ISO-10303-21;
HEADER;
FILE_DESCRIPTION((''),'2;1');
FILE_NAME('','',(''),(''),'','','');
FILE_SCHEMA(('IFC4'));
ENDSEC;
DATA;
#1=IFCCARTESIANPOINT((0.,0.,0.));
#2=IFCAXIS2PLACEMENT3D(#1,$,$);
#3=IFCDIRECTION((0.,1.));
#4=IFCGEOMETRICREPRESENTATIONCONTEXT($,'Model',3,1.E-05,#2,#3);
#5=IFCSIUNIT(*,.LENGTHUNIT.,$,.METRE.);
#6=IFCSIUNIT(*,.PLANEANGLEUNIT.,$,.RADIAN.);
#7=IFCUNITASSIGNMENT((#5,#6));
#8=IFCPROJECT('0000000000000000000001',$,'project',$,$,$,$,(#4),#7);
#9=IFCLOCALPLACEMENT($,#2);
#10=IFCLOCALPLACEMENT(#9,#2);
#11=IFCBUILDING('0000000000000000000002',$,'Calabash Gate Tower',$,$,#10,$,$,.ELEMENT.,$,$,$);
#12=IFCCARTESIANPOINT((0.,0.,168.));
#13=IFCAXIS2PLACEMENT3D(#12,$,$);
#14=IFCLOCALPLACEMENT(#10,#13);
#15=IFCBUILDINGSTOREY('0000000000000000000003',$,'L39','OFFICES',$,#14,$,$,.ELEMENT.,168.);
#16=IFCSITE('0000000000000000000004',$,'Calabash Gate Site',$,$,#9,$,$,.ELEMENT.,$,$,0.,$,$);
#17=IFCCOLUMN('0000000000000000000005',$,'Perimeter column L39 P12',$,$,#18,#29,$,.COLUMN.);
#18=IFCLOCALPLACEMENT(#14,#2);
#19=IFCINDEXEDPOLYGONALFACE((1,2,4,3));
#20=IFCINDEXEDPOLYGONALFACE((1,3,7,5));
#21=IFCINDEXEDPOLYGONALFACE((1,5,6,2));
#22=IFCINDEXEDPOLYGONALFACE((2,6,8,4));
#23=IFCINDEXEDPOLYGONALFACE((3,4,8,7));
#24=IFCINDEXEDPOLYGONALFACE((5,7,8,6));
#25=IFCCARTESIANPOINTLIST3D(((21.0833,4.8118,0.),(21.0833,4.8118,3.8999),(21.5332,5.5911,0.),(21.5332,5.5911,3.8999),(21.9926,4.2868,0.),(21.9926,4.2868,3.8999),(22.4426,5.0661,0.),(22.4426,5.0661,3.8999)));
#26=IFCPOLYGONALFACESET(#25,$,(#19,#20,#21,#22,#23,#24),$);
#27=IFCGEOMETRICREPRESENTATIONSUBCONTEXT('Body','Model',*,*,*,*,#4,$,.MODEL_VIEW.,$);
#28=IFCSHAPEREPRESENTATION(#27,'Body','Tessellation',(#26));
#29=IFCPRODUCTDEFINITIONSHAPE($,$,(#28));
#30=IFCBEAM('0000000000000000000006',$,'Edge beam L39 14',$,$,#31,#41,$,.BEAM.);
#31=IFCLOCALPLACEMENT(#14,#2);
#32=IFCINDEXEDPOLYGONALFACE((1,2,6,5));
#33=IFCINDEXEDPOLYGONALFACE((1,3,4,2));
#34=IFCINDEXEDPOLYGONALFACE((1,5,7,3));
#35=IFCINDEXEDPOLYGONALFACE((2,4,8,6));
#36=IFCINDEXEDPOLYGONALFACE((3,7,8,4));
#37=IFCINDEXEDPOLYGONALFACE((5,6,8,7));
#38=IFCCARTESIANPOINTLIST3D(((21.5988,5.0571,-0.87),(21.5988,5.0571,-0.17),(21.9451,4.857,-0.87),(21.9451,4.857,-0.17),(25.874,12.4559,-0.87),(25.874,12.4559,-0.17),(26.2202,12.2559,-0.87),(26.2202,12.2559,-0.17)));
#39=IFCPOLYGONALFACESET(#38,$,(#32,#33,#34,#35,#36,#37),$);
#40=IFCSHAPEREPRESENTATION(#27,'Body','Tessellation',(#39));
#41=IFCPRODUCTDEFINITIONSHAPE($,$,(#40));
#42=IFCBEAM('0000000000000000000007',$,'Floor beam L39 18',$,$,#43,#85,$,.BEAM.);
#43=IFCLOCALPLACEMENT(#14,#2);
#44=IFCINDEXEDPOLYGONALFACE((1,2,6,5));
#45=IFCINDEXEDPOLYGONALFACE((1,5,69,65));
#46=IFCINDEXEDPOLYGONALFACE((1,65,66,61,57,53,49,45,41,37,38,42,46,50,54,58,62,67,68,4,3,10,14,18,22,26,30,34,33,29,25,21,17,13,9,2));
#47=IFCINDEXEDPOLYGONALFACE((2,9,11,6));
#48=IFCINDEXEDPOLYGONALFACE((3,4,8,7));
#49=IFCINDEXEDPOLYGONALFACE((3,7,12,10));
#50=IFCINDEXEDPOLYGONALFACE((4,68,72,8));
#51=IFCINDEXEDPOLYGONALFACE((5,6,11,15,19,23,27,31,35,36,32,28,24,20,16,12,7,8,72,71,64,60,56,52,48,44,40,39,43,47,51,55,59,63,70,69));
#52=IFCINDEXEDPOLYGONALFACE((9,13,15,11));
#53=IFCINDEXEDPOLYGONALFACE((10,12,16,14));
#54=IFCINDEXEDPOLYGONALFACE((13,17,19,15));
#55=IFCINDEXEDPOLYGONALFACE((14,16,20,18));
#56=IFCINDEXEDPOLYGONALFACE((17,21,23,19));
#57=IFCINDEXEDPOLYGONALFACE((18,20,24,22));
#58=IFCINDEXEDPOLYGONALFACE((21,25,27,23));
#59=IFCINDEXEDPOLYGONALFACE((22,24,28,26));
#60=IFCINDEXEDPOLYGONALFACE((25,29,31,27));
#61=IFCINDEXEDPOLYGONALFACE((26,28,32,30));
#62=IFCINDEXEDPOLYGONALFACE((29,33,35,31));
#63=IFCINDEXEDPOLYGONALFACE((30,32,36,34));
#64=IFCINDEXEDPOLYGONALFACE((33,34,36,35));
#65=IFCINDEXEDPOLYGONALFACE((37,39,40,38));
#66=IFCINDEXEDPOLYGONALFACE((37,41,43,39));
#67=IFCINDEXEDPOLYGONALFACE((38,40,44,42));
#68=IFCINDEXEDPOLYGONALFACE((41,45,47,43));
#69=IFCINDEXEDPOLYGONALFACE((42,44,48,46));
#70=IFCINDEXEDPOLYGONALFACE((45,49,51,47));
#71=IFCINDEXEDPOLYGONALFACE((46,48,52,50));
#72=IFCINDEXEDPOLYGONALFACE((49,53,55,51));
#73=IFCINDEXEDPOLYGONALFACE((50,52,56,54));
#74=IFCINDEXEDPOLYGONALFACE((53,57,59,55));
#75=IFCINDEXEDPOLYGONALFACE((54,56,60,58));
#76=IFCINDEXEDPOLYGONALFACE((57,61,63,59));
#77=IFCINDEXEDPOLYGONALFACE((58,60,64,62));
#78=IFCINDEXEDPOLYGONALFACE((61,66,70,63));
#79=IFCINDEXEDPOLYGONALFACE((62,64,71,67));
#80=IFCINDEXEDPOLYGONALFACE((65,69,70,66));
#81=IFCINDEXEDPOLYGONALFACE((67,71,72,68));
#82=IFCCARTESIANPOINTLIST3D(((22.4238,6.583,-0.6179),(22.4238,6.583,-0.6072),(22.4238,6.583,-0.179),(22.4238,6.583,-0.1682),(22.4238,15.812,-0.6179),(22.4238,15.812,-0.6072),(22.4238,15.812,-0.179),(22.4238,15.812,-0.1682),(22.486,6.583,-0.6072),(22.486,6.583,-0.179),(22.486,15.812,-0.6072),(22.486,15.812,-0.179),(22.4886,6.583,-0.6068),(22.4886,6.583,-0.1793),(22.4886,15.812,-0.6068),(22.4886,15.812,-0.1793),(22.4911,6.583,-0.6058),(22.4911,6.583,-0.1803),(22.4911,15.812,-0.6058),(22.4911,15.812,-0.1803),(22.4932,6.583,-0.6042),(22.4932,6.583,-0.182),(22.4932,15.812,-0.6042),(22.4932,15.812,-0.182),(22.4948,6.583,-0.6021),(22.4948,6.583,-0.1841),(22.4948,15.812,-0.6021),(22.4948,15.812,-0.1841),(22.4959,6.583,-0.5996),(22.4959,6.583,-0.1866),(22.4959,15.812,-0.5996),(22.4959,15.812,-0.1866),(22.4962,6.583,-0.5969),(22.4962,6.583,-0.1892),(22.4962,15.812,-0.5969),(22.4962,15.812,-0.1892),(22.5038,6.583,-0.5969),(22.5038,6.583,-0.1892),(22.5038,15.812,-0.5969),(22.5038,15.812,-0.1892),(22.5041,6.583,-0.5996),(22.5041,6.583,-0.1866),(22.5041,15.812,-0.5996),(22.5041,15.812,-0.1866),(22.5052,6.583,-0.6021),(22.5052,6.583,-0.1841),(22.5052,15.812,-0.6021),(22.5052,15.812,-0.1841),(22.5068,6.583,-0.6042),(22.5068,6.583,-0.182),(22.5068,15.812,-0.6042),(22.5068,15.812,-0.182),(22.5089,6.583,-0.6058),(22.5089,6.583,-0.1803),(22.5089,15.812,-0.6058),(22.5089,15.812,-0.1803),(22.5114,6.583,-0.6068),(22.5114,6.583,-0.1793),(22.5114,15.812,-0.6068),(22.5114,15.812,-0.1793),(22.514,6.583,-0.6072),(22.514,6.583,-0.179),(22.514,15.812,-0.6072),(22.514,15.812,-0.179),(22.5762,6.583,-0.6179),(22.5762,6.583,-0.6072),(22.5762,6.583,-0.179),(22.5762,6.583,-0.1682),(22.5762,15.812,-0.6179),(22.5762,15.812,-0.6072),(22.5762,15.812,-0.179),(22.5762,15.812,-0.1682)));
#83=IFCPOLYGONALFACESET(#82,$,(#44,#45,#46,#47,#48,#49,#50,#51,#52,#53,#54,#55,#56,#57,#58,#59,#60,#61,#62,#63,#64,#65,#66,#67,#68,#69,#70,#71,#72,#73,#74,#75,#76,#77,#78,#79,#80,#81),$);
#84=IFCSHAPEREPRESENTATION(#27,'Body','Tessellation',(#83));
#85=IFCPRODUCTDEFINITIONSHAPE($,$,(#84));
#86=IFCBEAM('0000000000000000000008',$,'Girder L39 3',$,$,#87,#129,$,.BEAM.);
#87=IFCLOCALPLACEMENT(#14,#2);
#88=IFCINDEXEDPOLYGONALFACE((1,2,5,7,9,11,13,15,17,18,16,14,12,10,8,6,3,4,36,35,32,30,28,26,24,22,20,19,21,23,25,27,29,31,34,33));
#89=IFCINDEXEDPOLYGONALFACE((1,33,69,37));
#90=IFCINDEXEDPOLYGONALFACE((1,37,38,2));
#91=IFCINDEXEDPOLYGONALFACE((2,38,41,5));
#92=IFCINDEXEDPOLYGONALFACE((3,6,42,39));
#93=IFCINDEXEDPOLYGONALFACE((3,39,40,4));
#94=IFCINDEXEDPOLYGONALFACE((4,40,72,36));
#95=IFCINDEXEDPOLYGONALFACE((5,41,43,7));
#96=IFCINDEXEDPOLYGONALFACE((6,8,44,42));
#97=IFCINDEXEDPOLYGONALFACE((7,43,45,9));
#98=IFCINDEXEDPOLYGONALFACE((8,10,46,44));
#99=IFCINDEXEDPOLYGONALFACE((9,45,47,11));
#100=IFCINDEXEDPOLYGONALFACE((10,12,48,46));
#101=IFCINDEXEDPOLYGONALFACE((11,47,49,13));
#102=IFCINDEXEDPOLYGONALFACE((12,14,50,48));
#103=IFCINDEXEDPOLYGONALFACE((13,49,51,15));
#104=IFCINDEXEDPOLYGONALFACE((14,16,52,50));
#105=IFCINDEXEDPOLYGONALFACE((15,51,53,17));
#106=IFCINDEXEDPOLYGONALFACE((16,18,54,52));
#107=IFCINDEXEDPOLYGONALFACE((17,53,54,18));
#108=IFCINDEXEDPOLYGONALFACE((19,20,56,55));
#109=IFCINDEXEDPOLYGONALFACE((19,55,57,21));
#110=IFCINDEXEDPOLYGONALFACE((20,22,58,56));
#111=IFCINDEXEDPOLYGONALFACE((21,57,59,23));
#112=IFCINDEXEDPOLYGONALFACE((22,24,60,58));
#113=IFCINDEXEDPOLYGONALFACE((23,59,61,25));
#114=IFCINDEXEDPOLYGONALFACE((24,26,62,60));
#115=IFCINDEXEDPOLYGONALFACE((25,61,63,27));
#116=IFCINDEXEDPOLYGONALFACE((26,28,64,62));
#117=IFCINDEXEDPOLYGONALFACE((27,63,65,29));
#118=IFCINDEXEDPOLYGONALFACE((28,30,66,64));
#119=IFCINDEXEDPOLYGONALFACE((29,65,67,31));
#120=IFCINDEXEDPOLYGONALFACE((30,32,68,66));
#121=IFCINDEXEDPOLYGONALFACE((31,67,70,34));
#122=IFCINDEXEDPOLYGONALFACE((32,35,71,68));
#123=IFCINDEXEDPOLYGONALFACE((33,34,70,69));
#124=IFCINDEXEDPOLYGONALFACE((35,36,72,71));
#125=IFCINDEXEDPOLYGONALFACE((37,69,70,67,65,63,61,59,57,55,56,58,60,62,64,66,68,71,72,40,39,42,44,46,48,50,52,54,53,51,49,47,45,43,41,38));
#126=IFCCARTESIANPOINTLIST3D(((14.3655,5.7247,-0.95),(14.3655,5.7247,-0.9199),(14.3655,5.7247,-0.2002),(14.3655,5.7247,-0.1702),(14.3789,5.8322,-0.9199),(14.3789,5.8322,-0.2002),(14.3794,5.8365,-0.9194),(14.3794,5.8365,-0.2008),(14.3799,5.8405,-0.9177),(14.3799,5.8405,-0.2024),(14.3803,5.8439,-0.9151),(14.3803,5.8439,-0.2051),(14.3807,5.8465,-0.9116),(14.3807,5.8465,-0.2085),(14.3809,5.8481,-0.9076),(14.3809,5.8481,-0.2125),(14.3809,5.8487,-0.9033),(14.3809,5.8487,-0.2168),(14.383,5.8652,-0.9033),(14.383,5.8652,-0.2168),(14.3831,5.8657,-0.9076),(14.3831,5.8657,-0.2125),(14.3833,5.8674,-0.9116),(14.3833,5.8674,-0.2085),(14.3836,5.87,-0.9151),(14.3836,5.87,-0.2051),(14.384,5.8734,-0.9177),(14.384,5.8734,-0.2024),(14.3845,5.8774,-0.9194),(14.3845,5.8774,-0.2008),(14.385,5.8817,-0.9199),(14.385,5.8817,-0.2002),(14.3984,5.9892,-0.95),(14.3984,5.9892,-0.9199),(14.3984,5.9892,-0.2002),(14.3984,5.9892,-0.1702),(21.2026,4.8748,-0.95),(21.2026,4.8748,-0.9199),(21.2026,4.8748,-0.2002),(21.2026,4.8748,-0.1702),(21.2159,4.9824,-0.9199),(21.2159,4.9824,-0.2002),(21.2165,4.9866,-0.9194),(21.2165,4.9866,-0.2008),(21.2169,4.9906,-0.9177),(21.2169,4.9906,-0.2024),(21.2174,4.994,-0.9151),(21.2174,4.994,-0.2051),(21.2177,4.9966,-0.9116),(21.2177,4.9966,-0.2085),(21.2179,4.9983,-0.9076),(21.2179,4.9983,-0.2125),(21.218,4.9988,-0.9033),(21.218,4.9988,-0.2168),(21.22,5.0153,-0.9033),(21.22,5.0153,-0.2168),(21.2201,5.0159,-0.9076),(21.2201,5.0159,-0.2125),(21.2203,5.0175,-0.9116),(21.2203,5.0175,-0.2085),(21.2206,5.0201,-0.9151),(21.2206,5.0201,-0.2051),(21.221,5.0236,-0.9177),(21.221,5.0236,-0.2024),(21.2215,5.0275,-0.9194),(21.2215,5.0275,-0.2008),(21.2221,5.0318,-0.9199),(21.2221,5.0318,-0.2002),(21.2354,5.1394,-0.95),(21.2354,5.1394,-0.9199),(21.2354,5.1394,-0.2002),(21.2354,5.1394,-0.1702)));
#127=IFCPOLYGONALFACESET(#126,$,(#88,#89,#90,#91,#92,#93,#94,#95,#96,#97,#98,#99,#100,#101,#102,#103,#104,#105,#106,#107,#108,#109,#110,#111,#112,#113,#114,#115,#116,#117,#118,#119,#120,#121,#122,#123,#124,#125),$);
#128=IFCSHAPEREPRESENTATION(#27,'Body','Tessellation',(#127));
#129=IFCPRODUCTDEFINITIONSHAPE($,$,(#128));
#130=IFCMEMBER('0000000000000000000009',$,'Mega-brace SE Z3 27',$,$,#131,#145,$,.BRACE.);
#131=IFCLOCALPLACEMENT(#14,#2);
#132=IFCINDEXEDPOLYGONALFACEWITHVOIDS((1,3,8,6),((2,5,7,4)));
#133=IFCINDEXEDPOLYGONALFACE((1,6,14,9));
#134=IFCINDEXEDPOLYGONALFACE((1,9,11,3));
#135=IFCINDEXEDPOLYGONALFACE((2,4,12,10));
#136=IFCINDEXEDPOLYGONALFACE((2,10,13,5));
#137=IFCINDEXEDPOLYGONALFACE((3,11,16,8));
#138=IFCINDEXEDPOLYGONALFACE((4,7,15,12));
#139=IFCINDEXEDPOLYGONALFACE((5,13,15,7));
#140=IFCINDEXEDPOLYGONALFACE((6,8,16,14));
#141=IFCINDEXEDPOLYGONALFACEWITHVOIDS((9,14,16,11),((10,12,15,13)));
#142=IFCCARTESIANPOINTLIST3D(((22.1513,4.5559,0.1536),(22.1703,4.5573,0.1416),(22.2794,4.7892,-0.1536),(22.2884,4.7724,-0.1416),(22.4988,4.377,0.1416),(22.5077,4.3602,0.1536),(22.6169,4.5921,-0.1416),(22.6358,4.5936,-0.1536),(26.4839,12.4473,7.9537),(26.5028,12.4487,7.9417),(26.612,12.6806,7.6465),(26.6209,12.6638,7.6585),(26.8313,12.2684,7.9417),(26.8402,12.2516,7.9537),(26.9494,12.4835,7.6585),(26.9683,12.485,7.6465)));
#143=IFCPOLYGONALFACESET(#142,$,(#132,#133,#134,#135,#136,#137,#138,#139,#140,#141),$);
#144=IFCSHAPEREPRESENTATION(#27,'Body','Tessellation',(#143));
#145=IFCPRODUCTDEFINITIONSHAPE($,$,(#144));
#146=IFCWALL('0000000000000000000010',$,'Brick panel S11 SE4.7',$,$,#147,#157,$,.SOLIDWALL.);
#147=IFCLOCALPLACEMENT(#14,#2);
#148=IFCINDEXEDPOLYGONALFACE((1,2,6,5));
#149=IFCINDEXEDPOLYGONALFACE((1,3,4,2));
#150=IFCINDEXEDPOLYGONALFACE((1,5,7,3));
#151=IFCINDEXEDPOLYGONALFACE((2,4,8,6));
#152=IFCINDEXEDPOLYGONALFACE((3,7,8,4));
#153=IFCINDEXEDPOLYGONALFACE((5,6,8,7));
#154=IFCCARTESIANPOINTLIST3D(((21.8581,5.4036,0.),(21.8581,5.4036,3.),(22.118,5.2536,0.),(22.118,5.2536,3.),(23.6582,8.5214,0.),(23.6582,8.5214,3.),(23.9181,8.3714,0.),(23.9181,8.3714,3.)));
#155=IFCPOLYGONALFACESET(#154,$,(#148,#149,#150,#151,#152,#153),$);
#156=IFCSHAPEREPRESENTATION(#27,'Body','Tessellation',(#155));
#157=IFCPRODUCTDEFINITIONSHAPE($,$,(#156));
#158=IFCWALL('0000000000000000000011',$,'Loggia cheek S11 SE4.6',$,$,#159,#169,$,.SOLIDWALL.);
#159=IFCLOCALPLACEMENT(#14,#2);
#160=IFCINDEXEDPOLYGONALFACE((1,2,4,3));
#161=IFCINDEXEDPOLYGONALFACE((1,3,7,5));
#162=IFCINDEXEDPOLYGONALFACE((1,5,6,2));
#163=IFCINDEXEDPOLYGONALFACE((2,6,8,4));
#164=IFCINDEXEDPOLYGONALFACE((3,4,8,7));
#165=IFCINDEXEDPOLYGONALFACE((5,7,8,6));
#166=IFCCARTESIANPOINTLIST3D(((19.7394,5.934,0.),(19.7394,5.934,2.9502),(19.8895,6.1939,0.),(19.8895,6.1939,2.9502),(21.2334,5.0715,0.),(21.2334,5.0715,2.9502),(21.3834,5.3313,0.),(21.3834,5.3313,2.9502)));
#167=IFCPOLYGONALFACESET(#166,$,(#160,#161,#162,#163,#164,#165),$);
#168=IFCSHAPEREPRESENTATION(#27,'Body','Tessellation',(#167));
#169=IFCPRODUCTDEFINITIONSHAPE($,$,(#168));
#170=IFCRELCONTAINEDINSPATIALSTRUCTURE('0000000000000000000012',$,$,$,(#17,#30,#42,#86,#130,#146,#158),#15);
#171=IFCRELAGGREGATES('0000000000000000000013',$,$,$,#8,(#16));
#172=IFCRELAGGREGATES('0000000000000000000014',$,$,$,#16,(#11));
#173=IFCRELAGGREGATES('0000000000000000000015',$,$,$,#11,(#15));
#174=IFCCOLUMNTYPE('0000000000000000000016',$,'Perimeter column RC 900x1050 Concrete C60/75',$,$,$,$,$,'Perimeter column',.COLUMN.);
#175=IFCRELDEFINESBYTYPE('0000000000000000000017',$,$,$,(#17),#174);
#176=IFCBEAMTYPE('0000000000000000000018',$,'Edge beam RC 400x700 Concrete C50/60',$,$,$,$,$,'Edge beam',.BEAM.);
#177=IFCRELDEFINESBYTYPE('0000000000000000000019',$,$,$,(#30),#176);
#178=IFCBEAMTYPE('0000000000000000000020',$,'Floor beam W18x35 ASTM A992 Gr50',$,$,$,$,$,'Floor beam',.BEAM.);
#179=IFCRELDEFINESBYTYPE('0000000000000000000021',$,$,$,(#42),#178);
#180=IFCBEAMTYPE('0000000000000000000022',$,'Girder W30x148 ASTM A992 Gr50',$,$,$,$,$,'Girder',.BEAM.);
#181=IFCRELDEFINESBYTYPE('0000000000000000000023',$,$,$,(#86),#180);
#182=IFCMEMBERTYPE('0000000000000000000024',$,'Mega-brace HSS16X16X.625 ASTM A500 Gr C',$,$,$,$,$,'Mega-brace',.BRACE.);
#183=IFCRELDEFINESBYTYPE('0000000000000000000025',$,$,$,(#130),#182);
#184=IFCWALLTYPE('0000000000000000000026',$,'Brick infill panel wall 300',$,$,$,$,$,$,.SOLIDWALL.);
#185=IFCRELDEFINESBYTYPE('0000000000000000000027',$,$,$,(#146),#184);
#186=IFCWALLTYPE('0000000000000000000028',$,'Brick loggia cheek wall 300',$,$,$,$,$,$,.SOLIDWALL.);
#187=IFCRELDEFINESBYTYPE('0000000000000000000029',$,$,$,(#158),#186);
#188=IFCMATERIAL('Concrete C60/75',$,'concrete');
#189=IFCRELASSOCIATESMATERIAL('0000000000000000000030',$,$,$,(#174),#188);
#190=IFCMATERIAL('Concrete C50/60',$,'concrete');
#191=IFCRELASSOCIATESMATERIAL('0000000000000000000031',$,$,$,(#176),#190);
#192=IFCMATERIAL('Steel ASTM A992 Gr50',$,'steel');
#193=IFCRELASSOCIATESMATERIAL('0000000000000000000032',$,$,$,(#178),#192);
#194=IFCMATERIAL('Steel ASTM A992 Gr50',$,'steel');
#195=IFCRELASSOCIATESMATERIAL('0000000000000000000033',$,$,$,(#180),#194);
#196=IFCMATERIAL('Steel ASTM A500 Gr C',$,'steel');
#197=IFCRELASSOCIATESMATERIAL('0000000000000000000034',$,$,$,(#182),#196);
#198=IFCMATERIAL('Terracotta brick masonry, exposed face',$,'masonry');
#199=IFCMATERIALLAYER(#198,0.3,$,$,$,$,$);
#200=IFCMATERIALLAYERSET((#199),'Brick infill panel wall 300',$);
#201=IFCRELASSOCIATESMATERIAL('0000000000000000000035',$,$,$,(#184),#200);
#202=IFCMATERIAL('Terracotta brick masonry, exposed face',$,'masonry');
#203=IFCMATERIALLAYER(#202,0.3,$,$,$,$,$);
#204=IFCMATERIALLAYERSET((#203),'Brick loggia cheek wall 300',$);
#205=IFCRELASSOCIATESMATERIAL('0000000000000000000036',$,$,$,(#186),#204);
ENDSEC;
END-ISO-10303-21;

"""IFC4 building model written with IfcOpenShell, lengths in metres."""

from ifc_helpers import new_model, si_unit, direction, frame, frame_2d, origin, origin_2d, place, context, subcontext, project, spatial, rectangle, hollow_rectangle, i_section, extrude, material, layer, layer_set, material_profile, profile_set, type_object, element, save


model = new_model("IFC4")

# Units and contexts
model_context = context("Model", 3, precision=1e-05, world=origin(), true_north=direction((0.0, 1.0)))
body_context = subcontext(model_context, "Body", "Model", "MODEL_VIEW")
ifc_project = project(units=[si_unit("LENGTHUNIT", "METRE"), si_unit("PLANEANGLEUNIT", "RADIAN")], contexts=[model_context])

# Site, building, storey
site_placement = place(None, origin())
site = spatial("IfcSite", under=ifc_project, at=site_placement, Name="Calabash Gate Site", CompositionType="ELEMENT", RefElevation=0.0)
building_placement = place(site_placement, origin())
building = spatial("IfcBuilding", under=site, at=building_placement, Name="Calabash Gate Tower", CompositionType="ELEMENT")
storey_placement = place(building_placement, frame((0.0, 0.0, 168.0)))
storey = spatial("IfcBuildingStorey", under=building, at=storey_placement, Name="L39", Description="OFFICES", CompositionType="ELEMENT", Elevation=168.0)

# Column
ifc_material_1 = material(Name="Concrete C60/75", Category="concrete")
ifc_material_profile_1 = material_profile(ifc_material_1, rectangle(XDim=0.8999, YDim=1.05, at=origin_2d()))
ifc_profile_set_1 = profile_set([ifc_material_profile_1], Name="Concrete C60/75")
column_type = type_object("IfcColumnType", Name="Perimeter column RC 900x1050 Concrete C60/75", ElementType="Perimeter column", PredefinedType="COLUMN", material=ifc_profile_set_1)
column_placement = place(storey_placement, frame((21.7629, 4.939, 0.0), z_axis=(0.0, 0.0, 1.0), x_axis=(0.5, 0.866025, 0.0)))
element("IfcColumn", 1, at=column_placement, inside=storey, type_object=column_type, Name="Perimeter column L39 P12", PredefinedType="COLUMN", context=body_context, shape_type="SweptSolid", body=[
    extrude(rectangle(XDim=0.8999, YDim=1.05, at=origin_2d()), origin(), (0.0, 0.0, 1.0), 3.8999),
])

# Beams
ifc_material_2 = material(Name="Concrete C50/60", Category="concrete")
ifc_material_profile_2 = material_profile(ifc_material_2, rectangle(XDim=0.3999, YDim=0.7, at=origin_2d()))
ifc_profile_set_2 = profile_set([ifc_material_profile_2], Name="Concrete C50/60")
beam_type_1 = type_object("IfcBeamType", Name="Edge beam RC 400x700 Concrete C50/60", ElementType="Edge beam", PredefinedType="BEAM", material=ifc_profile_set_2)
beam_1_placement = place(storey_placement, frame((21.772, 4.957, -0.52), z_axis=(0.500296, 0.865854, 0.0), x_axis=(-0.865854, 0.500296, 0.0)))
element("IfcBeam", 2, at=beam_1_placement, inside=storey, type_object=beam_type_1, Name="Edge beam L39 14", PredefinedType="BEAM", context=body_context, shape_type="SweptSolid", body=[
    extrude(rectangle(XDim=0.3999, YDim=0.7, at=origin_2d()), origin(), (0.0, 0.0, 1.0), 8.5452),
])
ifc_material_3 = material(Name="Steel ASTM A992 Gr50", Category="steel")
ifc_material_profile_3 = material_profile(ifc_material_3, i_section(OverallWidth=0.1523, OverallDepth=0.4497, WebThickness=0.0076, FlangeThickness=0.0107, FilletRadius=0.0103, at=origin_2d()))
ifc_profile_set_3 = profile_set([ifc_material_profile_3], Name="Steel ASTM A992 Gr50")
beam_type_2 = type_object("IfcBeamType", Name="Floor beam W18x35 ASTM A992 Gr50", ElementType="Floor beam", PredefinedType="BEAM", material=ifc_profile_set_3)
beam_2_placement = place(storey_placement, frame((22.5, 6.583, -0.3931), z_axis=(0.0, 1.0, 0.0), x_axis=(-1.0, 0.0, 0.0)))
element("IfcBeam", 3, at=beam_2_placement, inside=storey, type_object=beam_type_2, Name="Floor beam L39 18", PredefinedType="BEAM", context=body_context, shape_type="SweptSolid", body=[
    extrude(i_section(OverallWidth=0.1523, OverallDepth=0.4497, WebThickness=0.0076, FlangeThickness=0.0107, FilletRadius=0.0103, at=origin_2d()), origin(), (0.0, 0.0, 1.0), 9.229),
])
ifc_material_4 = material(Name="Steel ASTM A992 Gr50", Category="steel")
ifc_material_profile_4 = material_profile(ifc_material_4, i_section(OverallWidth=0.2666, OverallDepth=0.7798, WebThickness=0.0166, FlangeThickness=0.03, FilletRadius=0.0166, at=origin_2d()))
ifc_profile_set_4 = profile_set([ifc_material_profile_4], Name="Steel ASTM A992 Gr50")
beam_type_3 = type_object("IfcBeamType", Name="Girder W30x148 ASTM A992 Gr50", ElementType="Girder", PredefinedType="BEAM", material=ifc_profile_set_4)
beam_3_placement = place(storey_placement, frame((21.219, 5.0071, -0.5601), z_axis=(-0.992363, 0.123354, 0.0), x_axis=(-0.123354, -0.992363, 0.0)))
element("IfcBeam", 4, at=beam_3_placement, inside=storey, type_object=beam_type_3, Name="Girder L39 3", PredefinedType="BEAM", context=body_context, shape_type="SweptSolid", body=[
    extrude(i_section(OverallWidth=0.2666, OverallDepth=0.7798, WebThickness=0.0166, FlangeThickness=0.03, FilletRadius=0.0166, at=origin_2d()), origin(), (0.0, 0.0, 1.0), 6.8896),
])

# Member
ifc_material_5 = material(Name="Steel ASTM A500 Gr C", Category="steel")
ifc_material_profile_5 = material_profile(ifc_material_5, hollow_rectangle(XDim=0.4065, YDim=0.4065, WallThickness=0.0159, at=origin_2d()))
ifc_profile_set_5 = profile_set([ifc_material_profile_5], Name="Steel ASTM A500 Gr C")
member_type = type_object("IfcMemberType", Name="Mega-brace HSS16X16X.625 ASTM A500 Gr C", ElementType="Mega-brace", PredefinedType="BRACE", material=ifc_profile_set_5)
member_placement = place(storey_placement, frame((22.3936, 4.5747, 0.0), z_axis=(0.363724, 0.662496, 0.654831), x_axis=(-0.876578, 0.48126, 0.0)))
element("IfcMember", 5, at=member_placement, inside=storey, type_object=member_type, Name="Mega-brace SE Z3 27", PredefinedType="BRACE", context=body_context, shape_type="SweptSolid", body=[
    extrude(hollow_rectangle(XDim=0.4065, YDim=0.4065, WallThickness=0.0159, at=origin_2d()), origin(), (0.0, 0.0, 1.0), 11.9116),
])

# Walls
ifc_material_6 = material(Name="Terracotta brick masonry, exposed face", Category="masonry")
ifc_layer_1 = layer(ifc_material_6, 0.3)
ifc_layer_set_1 = layer_set([ifc_layer_1], Name="Brick infill panel wall 300")
wall_type_1 = type_object("IfcWallType", Name="Brick infill panel wall 300", PredefinedType="SOLIDWALL", material=ifc_layer_set_1)
wall_1_placement = place(storey_placement, frame((21.988, 5.3286, 0.0), z_axis=(0.0, 0.0, 1.0), x_axis=(0.500012, 0.866018, 0.0)))
element("IfcWall", 6, at=wall_1_placement, inside=storey, type_object=wall_type_1, Name="Brick panel S11 SE4.7", PredefinedType="SOLIDWALL", context=body_context, shape_type="SweptSolid", body=[
    extrude(rectangle(XDim=3.6001, YDim=0.3, at=frame_2d((1.8, 0.0))), origin(), (0.0, 0.0, 1.0), 3.0),
])
ifc_material_7 = material(Name="Terracotta brick masonry, exposed face", Category="masonry")
ifc_layer_2 = layer(ifc_material_7, 0.3)
ifc_layer_set_2 = layer_set([ifc_layer_2], Name="Brick loggia cheek wall 300")
wall_type_2 = type_object("IfcWallType", Name="Brick loggia cheek wall 300", PredefinedType="SOLIDWALL", material=ifc_layer_set_2)
wall_2_placement = place(storey_placement, frame((19.8145, 6.064, 0.0), z_axis=(0.0, 0.0, 1.0), x_axis=(0.866014, -0.500021, 0.0)))
element("IfcWall", 7, at=wall_2_placement, inside=storey, type_object=wall_type_2, Name="Loggia cheek S11 SE4.6", PredefinedType="SOLIDWALL", context=body_context, shape_type="SweptSolid", body=[
    extrude(rectangle(XDim=1.7251, YDim=0.3, at=frame_2d((0.8625, 0.0))), origin(), (0.0, 0.0, 1.0), 2.9502),
])

save(model, "model.ifc")
